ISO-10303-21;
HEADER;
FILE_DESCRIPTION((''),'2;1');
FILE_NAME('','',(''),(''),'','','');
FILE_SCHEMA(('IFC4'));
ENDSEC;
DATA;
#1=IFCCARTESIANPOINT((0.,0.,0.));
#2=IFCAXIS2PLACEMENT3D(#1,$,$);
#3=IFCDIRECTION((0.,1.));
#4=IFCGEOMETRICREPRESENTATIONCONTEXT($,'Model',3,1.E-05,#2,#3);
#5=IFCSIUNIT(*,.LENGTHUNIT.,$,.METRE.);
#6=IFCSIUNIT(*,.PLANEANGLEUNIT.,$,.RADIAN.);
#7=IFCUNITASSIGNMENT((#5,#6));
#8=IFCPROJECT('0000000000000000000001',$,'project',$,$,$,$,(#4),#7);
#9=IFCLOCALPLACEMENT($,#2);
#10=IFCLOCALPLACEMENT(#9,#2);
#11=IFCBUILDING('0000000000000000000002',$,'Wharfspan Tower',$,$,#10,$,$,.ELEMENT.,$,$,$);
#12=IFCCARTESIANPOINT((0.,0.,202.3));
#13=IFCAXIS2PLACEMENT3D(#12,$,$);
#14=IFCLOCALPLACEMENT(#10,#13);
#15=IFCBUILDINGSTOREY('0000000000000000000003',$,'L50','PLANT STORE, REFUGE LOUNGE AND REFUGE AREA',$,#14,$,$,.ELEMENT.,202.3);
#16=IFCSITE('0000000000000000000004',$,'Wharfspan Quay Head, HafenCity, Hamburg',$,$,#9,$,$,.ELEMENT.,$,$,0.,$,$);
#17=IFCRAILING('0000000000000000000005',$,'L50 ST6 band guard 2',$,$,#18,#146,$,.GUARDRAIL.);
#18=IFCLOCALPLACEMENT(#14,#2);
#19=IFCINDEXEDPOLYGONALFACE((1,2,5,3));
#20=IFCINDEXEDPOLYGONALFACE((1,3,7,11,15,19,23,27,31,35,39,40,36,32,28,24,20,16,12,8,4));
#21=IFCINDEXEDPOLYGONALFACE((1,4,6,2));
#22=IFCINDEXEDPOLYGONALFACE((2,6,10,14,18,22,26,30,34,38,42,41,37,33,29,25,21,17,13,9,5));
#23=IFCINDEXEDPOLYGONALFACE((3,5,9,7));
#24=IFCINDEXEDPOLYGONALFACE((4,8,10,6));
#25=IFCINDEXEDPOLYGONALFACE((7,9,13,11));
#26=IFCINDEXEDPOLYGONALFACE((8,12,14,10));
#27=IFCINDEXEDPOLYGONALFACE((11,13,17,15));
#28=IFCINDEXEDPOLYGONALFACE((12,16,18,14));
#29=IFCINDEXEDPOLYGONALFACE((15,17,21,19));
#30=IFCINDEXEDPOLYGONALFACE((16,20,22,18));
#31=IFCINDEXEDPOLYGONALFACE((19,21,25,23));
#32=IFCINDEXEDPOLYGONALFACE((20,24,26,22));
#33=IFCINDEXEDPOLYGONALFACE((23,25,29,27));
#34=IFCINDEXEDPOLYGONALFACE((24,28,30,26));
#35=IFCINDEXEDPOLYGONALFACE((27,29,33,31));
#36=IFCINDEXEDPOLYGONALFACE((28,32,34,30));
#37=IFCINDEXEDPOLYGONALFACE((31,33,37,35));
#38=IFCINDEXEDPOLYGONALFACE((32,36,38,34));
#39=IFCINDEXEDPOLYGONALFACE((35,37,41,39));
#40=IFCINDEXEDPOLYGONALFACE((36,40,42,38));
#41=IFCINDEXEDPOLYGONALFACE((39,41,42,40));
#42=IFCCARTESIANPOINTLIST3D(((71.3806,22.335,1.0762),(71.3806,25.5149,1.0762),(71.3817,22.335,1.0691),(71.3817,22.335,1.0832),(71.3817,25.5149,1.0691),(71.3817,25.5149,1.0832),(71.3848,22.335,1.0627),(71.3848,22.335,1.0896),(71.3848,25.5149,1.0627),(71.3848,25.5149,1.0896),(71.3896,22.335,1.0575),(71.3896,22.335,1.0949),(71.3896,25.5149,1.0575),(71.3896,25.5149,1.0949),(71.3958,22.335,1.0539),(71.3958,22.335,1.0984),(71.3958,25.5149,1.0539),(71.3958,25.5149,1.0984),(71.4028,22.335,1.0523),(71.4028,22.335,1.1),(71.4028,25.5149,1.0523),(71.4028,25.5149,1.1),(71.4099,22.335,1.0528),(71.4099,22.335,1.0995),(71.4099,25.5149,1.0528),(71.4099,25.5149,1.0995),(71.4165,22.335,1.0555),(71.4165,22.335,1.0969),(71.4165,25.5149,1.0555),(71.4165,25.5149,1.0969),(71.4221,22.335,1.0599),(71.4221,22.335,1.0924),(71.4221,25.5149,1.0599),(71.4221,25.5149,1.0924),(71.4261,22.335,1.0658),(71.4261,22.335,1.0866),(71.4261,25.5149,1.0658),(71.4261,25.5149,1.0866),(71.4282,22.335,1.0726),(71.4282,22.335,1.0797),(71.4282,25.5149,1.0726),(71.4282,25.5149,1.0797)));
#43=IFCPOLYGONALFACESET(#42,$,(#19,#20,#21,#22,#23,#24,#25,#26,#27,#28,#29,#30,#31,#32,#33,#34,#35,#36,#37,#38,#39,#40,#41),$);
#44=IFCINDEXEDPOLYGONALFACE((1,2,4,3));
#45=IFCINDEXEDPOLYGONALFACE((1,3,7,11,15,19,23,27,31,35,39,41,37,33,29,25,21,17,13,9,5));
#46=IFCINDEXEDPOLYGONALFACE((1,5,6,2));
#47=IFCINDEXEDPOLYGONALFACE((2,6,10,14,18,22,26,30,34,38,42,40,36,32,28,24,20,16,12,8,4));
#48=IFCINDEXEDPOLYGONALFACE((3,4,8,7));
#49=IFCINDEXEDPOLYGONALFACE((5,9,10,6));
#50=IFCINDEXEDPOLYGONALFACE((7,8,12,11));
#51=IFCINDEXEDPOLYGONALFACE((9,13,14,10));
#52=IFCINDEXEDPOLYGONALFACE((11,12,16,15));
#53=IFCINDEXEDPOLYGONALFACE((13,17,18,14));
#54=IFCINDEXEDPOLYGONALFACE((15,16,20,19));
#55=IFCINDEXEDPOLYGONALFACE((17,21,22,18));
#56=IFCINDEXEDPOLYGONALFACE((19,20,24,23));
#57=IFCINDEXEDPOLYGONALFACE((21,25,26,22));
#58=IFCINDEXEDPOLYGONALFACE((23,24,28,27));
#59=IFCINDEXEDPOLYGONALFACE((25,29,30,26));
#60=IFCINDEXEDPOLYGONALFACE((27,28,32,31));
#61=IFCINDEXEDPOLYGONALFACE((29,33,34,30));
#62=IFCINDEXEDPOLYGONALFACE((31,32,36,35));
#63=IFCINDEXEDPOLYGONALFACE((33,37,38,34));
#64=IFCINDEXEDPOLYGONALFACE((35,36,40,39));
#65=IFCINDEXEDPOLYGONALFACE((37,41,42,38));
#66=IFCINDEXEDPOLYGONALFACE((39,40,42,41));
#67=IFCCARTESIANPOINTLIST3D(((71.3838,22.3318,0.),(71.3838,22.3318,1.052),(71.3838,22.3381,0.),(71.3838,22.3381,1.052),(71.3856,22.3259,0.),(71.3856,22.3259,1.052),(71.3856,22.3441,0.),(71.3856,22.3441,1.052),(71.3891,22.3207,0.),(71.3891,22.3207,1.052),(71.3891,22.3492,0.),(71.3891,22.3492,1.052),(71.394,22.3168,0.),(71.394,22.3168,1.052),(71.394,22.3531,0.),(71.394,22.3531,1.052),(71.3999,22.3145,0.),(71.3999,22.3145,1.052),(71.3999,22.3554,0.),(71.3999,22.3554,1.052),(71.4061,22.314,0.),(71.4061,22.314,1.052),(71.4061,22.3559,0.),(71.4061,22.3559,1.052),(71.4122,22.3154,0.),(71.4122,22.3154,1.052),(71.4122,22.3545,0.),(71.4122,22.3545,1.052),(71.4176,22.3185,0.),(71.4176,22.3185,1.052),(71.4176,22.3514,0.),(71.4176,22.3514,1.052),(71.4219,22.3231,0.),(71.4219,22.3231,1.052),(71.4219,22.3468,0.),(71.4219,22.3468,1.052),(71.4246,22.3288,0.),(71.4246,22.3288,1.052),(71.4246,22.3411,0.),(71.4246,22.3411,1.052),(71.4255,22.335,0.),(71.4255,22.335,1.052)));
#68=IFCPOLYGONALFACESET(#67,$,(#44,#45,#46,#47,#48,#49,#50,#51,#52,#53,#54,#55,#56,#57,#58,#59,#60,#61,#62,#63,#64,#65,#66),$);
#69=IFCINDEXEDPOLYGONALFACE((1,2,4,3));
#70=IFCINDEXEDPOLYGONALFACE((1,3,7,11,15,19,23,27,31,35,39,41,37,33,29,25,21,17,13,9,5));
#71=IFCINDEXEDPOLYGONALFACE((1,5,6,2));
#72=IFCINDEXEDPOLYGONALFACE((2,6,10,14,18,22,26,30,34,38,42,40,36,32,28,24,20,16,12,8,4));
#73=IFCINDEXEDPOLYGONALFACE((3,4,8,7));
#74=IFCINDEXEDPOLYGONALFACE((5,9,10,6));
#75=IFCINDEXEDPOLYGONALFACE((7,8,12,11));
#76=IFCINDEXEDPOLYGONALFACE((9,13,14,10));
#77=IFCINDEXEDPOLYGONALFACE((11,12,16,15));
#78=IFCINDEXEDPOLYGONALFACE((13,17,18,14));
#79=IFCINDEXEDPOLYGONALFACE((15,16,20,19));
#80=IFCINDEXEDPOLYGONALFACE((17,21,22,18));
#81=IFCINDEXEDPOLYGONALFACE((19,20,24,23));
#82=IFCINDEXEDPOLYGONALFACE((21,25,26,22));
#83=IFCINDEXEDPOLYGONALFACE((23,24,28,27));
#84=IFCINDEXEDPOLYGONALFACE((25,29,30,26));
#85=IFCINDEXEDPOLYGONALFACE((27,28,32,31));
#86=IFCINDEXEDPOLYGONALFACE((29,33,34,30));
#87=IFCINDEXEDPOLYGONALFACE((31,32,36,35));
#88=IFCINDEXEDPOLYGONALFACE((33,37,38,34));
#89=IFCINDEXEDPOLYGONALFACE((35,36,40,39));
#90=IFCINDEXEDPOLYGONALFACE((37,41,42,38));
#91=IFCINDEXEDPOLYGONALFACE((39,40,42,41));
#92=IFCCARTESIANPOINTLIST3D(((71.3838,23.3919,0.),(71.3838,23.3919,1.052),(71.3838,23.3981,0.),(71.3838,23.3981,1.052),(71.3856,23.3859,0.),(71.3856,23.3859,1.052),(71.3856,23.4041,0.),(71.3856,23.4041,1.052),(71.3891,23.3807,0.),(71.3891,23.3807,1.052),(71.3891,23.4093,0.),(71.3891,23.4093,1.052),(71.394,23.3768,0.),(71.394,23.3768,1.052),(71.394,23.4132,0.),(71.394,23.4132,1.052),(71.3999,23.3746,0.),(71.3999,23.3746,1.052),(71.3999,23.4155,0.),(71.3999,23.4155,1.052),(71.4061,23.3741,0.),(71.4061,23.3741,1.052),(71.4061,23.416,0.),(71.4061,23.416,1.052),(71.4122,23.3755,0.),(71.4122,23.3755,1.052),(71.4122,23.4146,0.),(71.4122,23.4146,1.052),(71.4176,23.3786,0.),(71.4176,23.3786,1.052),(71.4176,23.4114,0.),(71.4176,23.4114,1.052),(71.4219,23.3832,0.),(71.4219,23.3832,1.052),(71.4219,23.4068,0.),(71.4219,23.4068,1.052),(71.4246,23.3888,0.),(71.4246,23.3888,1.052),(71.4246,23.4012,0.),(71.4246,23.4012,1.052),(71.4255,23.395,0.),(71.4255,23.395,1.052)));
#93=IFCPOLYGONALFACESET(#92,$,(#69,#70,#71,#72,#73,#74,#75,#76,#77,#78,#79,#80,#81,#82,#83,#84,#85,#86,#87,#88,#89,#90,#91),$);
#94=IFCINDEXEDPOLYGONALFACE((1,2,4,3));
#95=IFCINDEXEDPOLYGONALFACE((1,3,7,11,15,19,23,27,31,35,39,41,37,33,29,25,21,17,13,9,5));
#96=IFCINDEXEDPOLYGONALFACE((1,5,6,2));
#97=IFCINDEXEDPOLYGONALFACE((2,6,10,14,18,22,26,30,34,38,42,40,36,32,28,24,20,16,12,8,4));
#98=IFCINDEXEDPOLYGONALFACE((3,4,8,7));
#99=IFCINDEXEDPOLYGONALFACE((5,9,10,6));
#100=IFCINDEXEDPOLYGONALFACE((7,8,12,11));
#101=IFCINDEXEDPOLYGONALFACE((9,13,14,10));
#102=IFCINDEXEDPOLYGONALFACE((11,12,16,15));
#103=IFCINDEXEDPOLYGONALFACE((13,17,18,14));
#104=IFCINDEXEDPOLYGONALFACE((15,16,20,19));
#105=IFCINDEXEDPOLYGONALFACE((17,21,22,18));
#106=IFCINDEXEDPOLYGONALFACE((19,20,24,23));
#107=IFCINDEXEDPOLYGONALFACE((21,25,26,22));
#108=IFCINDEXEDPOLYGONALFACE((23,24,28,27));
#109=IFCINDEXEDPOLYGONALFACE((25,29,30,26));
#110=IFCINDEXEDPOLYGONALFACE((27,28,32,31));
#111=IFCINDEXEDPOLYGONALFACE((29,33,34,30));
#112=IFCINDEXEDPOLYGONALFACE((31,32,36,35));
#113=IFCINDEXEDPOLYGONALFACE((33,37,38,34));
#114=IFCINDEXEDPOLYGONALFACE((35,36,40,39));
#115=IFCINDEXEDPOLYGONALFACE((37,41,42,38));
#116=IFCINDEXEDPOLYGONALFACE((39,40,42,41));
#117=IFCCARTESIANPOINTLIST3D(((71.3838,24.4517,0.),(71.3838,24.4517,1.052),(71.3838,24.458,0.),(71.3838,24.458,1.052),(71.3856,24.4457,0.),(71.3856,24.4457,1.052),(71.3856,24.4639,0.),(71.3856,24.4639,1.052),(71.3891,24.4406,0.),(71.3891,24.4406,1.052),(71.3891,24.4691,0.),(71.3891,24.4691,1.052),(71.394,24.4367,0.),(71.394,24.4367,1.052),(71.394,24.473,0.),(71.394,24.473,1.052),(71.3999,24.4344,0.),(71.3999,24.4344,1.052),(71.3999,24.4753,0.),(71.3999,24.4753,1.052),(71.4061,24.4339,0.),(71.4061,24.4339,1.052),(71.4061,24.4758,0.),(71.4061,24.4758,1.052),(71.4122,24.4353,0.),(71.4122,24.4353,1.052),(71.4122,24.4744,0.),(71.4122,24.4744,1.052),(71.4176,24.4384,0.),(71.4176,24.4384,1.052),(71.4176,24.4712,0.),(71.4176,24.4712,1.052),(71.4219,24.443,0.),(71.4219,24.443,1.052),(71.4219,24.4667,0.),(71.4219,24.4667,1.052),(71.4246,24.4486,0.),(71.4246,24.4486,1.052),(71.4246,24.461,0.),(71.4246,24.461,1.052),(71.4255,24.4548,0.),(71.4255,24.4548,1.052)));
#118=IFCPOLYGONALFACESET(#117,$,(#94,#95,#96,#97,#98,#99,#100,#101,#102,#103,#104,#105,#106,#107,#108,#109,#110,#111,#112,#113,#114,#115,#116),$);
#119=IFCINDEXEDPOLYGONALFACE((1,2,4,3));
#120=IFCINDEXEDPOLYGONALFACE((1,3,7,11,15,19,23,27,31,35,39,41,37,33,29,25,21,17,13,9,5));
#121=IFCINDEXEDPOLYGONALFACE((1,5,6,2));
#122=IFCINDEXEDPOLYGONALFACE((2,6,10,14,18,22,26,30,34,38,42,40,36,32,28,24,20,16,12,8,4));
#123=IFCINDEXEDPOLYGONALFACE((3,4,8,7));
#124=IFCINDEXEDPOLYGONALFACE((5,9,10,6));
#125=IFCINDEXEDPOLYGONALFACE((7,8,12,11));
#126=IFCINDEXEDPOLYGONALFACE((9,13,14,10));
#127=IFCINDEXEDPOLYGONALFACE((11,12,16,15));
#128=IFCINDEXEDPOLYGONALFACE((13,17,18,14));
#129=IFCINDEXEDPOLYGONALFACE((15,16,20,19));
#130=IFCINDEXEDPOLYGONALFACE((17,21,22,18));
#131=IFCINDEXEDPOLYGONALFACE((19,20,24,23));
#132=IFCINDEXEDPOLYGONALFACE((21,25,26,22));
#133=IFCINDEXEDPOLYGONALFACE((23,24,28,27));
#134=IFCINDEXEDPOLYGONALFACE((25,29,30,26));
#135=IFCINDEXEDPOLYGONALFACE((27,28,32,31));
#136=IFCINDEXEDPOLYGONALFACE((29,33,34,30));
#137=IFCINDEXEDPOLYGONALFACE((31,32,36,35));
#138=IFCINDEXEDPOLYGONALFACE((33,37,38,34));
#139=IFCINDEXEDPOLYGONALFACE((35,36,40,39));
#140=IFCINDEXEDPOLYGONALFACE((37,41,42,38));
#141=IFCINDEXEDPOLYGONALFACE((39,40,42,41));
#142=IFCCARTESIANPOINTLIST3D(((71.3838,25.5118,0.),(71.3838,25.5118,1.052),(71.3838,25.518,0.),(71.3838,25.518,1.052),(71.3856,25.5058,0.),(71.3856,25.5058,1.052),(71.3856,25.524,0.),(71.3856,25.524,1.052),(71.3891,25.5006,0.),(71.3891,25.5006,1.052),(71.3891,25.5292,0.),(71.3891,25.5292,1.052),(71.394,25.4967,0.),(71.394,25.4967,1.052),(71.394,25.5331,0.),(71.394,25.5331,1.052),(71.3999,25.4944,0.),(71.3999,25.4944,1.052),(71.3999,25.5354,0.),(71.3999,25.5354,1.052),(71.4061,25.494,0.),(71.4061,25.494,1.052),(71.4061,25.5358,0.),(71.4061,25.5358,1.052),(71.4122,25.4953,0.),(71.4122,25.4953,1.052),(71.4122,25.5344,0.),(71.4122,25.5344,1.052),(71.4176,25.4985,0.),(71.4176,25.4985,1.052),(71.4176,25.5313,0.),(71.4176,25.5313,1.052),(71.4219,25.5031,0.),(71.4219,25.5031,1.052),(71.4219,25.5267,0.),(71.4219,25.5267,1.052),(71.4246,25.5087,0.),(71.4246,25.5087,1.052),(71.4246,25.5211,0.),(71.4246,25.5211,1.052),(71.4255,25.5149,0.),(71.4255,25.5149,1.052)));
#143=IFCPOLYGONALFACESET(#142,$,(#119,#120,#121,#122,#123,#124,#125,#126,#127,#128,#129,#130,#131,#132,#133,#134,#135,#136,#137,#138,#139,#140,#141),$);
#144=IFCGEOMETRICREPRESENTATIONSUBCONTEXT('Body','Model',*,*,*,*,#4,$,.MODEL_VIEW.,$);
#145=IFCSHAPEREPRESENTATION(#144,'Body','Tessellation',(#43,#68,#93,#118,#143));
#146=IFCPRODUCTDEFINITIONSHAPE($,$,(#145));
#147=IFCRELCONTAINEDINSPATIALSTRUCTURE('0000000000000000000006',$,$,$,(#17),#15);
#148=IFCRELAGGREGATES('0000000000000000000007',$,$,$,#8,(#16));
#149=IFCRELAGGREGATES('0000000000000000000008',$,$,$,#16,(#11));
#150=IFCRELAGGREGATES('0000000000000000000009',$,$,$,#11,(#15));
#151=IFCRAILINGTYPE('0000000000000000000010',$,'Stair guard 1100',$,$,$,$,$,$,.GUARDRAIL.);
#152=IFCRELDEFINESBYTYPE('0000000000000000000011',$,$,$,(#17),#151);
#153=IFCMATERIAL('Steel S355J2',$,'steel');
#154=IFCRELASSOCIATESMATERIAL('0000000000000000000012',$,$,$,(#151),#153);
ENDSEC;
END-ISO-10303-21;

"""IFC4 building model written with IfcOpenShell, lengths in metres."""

from ifc_helpers import new_model, si_unit, direction, frame, origin, origin_2d, place, context, subcontext, project, spatial, circle, extrude, material, type_object, element, save


model = new_model("IFC4")

# Units and contexts
model_context = context("Model", 3, precision=1e-05, world=origin(), true_north=direction((0.0, 1.0)))
body_context = subcontext(model_context, "Body", "Model", "MODEL_VIEW")
ifc_project = project(units=[si_unit("LENGTHUNIT", "METRE"), si_unit("PLANEANGLEUNIT", "RADIAN")], contexts=[model_context])

# Site, building, storey
site_placement = place(None, origin())
site = spatial("IfcSite", under=ifc_project, at=site_placement, Name="Wharfspan Quay Head, HafenCity, Hamburg", CompositionType="ELEMENT", RefElevation=0.0)
building_placement = place(site_placement, origin())
building = spatial("IfcBuilding", under=site, at=building_placement, Name="Wharfspan Tower", CompositionType="ELEMENT")
storey_placement = place(building_placement, frame((0.0, 0.0, 202.3)))
storey = spatial("IfcBuildingStorey", under=building, at=storey_placement, Name="L50", Description="PLANT STORE, REFUGE LOUNGE AND REFUGE AREA", CompositionType="ELEMENT", Elevation=202.3)

# Shared definitions
ifc_material_1 = material(Name="Steel S355J2", Category="steel")

# Railing
railing_type_1 = type_object("IfcRailingType", Name="Stair guard 1100", PredefinedType="GUARDRAIL", material=ifc_material_1)
railing_1_placement = place(storey_placement, frame((71.4045, 22.335, 0.0)))
element("IfcRailing", 1, at=railing_1_placement, inside=storey, type_object=railing_type_1, Name="L50 ST6 band guard 2", PredefinedType="GUARDRAIL", context=body_context, shape_type="SweptSolid", body=[
    extrude(circle(Radius=0.0239, at=origin_2d()), frame((0.0, 0.0, 1.0762), z_axis=(0.0, 1.0, 0.0), x_axis=(-1.0, 0.0, 0.0)), (0.0, 0.0, 1.0), 3.1799),
    extrude(circle(Radius=0.021, at=origin_2d()), origin(), (0.0, 0.0, 1.0), 1.052),
    extrude(circle(Radius=0.021, at=origin_2d()), frame((0.0, 1.0601, 0.0)), (0.0, 0.0, 1.0), 1.052),
    extrude(circle(Radius=0.021, at=origin_2d()), frame((0.0, 2.1199, 0.0)), (0.0, 0.0, 1.0), 1.052),
    extrude(circle(Radius=0.021, at=origin_2d()), frame((0.0, 3.1799, 0.0)), (0.0, 0.0, 1.0), 1.052),
])

save(model, "model.ifc")
